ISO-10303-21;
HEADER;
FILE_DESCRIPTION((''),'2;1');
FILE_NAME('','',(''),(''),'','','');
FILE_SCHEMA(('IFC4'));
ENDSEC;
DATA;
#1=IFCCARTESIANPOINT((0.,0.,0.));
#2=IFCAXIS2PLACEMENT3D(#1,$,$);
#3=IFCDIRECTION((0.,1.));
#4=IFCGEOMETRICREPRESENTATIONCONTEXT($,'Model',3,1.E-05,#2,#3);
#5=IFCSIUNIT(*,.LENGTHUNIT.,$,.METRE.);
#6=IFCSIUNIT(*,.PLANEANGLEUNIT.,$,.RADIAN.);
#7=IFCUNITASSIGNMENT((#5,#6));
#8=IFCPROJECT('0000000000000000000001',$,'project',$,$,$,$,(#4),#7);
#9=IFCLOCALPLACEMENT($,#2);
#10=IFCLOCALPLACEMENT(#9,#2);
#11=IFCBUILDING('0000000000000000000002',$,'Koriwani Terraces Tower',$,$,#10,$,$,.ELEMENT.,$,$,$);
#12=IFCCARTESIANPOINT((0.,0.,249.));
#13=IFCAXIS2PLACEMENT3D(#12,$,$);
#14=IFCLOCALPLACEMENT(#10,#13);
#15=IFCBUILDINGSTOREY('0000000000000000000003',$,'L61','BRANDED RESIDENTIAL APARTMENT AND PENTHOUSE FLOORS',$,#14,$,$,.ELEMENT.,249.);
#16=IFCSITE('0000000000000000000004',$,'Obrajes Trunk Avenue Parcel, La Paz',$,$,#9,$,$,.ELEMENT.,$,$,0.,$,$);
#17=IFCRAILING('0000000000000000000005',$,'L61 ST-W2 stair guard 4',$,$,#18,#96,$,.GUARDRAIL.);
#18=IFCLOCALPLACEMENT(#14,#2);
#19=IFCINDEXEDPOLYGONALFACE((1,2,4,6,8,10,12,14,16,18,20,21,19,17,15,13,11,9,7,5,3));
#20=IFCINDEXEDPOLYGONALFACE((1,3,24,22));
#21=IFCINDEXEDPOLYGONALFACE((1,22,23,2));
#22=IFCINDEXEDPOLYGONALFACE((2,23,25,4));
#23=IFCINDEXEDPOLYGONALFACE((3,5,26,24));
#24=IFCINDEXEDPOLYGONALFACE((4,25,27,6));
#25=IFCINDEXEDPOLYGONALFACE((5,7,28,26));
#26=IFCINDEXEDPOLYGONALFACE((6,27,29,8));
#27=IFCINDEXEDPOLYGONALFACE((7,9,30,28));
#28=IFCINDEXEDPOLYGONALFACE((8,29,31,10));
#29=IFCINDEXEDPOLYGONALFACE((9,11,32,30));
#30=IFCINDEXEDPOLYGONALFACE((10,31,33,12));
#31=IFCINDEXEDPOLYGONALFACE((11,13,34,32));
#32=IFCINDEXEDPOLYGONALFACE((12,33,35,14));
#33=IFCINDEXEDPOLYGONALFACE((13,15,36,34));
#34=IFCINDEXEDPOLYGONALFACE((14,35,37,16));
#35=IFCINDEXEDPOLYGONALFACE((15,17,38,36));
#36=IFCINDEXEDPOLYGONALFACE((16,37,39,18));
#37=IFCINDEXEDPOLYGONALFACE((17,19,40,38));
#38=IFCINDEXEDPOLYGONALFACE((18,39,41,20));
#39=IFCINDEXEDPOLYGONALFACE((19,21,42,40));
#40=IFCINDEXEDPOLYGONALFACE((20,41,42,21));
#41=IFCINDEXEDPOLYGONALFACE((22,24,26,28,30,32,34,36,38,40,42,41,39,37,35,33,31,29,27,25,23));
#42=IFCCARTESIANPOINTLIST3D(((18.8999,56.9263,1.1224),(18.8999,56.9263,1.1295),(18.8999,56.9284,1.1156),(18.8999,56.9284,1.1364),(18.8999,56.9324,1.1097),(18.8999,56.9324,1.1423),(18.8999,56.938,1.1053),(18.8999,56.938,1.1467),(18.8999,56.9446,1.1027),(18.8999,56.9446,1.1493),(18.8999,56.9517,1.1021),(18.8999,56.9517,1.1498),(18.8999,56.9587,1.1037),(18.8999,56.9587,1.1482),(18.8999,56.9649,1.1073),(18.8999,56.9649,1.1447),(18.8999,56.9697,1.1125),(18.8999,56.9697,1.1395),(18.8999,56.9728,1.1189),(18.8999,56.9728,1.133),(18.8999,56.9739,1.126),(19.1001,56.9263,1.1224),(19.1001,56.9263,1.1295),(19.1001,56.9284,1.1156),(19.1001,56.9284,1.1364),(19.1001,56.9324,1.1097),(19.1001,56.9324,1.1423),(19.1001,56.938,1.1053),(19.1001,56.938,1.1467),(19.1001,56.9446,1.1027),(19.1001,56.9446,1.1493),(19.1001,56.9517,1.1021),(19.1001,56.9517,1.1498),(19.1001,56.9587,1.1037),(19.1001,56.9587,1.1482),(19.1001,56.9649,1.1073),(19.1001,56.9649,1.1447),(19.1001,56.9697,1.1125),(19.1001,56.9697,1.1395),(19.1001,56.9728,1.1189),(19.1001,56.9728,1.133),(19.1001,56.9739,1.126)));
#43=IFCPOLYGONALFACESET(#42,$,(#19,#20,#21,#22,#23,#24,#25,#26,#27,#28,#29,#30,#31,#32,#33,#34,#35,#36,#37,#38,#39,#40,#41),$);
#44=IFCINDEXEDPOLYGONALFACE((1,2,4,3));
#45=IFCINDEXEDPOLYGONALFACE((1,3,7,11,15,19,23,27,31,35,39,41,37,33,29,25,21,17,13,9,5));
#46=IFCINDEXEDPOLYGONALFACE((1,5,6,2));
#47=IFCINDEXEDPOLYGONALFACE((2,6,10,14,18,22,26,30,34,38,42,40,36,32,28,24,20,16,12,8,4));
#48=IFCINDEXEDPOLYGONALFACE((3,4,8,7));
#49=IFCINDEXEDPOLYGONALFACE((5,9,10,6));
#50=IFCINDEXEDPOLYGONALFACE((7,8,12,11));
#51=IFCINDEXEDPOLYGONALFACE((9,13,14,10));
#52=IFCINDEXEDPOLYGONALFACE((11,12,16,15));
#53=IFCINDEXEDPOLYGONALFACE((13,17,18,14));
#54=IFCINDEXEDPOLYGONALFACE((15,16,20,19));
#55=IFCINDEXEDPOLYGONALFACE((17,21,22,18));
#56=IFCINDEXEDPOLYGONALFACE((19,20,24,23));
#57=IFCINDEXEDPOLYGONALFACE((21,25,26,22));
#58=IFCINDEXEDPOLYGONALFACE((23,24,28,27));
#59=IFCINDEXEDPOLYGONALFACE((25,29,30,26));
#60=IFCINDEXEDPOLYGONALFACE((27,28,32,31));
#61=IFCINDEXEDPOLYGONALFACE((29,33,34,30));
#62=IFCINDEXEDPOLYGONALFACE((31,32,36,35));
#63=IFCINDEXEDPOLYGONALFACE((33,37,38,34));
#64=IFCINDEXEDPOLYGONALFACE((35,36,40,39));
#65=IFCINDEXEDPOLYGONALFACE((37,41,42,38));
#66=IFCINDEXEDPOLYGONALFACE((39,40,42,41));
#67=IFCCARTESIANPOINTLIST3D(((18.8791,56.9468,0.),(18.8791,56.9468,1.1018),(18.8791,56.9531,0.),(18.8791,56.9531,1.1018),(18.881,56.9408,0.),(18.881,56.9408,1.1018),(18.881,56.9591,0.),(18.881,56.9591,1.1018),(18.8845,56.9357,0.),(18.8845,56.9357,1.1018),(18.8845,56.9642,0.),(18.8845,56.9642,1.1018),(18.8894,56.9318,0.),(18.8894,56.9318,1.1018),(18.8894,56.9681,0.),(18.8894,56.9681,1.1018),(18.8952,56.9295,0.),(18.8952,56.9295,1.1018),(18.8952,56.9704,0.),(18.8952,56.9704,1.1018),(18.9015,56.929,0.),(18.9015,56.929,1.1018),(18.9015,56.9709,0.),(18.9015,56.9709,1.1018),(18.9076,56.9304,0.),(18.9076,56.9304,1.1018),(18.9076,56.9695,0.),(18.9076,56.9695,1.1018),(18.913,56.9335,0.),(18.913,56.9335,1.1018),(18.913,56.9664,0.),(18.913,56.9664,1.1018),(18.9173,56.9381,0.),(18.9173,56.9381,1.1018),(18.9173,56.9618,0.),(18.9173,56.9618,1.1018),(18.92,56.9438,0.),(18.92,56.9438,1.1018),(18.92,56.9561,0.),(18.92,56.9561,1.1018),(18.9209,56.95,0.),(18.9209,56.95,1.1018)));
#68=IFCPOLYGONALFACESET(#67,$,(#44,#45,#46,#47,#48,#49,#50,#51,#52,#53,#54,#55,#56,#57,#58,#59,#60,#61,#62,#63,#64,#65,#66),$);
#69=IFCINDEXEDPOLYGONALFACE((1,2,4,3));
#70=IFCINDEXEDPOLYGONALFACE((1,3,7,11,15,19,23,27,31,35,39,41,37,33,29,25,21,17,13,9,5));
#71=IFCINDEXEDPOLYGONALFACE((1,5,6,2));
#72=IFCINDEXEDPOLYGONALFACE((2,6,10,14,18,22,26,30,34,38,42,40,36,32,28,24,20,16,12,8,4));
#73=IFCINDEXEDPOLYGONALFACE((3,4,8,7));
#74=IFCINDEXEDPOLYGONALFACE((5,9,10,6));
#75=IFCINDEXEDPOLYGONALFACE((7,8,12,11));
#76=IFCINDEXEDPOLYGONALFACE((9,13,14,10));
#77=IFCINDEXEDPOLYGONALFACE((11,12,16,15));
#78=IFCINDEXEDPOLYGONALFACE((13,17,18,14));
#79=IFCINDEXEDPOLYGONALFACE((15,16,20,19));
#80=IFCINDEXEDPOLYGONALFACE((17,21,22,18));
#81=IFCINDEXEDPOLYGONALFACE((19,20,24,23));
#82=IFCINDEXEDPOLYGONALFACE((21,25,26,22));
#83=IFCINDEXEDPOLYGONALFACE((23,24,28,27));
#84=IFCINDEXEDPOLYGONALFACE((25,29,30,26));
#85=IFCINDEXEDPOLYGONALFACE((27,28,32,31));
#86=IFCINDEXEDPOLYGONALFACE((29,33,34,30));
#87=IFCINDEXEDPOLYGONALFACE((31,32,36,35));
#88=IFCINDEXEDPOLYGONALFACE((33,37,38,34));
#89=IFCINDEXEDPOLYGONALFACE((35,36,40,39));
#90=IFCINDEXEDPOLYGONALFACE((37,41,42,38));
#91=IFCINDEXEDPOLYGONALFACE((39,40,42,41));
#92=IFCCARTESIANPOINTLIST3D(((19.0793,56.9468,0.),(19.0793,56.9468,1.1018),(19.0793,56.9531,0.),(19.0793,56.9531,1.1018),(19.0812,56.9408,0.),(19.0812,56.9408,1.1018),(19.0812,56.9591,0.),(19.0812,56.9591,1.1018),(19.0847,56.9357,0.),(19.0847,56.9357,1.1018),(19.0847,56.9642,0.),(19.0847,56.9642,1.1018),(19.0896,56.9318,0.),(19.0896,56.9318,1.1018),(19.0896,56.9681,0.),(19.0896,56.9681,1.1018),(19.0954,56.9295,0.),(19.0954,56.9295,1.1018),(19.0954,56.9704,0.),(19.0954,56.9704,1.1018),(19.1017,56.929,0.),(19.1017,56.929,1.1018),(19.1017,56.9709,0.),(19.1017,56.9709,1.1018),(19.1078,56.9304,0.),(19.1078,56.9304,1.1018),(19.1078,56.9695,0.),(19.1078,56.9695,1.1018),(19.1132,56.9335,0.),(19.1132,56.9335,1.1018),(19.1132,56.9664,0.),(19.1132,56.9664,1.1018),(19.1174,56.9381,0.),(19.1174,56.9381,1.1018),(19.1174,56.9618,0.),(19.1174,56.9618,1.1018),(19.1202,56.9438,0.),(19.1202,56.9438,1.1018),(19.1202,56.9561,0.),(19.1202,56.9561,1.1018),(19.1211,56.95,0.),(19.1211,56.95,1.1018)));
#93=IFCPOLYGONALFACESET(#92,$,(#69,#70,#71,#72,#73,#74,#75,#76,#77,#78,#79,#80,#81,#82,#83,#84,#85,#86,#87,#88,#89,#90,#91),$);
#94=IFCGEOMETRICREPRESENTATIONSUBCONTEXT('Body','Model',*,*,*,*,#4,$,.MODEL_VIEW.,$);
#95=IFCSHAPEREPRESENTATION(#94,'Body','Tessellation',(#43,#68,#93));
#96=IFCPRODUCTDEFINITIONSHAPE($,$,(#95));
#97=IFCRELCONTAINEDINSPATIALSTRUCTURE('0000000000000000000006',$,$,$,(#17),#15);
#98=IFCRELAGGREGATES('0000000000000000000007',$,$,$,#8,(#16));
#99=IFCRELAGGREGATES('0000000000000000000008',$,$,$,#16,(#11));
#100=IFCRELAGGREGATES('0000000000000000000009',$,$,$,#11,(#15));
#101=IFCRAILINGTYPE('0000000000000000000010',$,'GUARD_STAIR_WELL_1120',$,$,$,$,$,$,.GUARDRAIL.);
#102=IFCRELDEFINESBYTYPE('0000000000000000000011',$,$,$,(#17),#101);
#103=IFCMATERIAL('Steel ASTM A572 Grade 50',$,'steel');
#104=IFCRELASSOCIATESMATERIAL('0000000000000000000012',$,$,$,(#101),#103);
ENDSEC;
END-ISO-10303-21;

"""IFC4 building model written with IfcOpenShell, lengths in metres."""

from ifc_helpers import new_model, si_unit, direction, frame, origin, origin_2d, place, context, subcontext, project, spatial, circle, extrude, material, type_object, element, save


model = new_model("IFC4")

# Units and contexts
model_context = context("Model", 3, precision=1e-05, world=origin(), true_north=direction((0.0, 1.0)))
body_context = subcontext(model_context, "Body", "Model", "MODEL_VIEW")
ifc_project = project(units=[si_unit("LENGTHUNIT", "METRE"), si_unit("PLANEANGLEUNIT", "RADIAN")], contexts=[model_context])

# Site, building, storey
site_placement = place(None, origin())
site = spatial("IfcSite", under=ifc_project, at=site_placement, Name="Obrajes Trunk Avenue Parcel, La Paz", CompositionType="ELEMENT", RefElevation=0.0)
building_placement = place(site_placement, origin())
building = spatial("IfcBuilding", under=site, at=building_placement, Name="Koriwani Terraces Tower", CompositionType="ELEMENT")
storey_placement = place(building_placement, frame((0.0, 0.0, 249.0)))
storey = spatial("IfcBuildingStorey", under=building, at=storey_placement, Name="L61", Description="BRANDED RESIDENTIAL APARTMENT AND PENTHOUSE FLOORS", CompositionType="ELEMENT", Elevation=249.0)

# Shared definitions
ifc_material_1 = material(Name="Steel ASTM A572 Grade 50", Category="steel")

# Railing
railing_type_1 = type_object("IfcRailingType", Name="GUARD_STAIR_WELL_1120", PredefinedType="GUARDRAIL", material=ifc_material_1)
railing_1_placement = place(storey_placement, frame((18.8999, 56.95, 0.0)))
element("IfcRailing", 1, at=railing_1_placement, inside=storey, type_object=railing_type_1, Name="L61 ST-W2 stair guard 4", PredefinedType="GUARDRAIL", context=body_context, shape_type="SweptSolid", body=[
    extrude(circle(Radius=0.0239, at=origin_2d()), frame((0.0, 0.0, 1.126), z_axis=(1.0, 0.0, 0.0), x_axis=(0.0, 1.0, 0.0)), (0.0, 0.0, 1.0), 0.2002),
    extrude(circle(Radius=0.021, at=origin_2d()), origin(), (0.0, 0.0, 1.0), 1.1018),
    extrude(circle(Radius=0.021, at=origin_2d()), frame((0.2002, 0.0, 0.0)), (0.0, 0.0, 1.0), 1.1018),
])

save(model, "model.ifc")
